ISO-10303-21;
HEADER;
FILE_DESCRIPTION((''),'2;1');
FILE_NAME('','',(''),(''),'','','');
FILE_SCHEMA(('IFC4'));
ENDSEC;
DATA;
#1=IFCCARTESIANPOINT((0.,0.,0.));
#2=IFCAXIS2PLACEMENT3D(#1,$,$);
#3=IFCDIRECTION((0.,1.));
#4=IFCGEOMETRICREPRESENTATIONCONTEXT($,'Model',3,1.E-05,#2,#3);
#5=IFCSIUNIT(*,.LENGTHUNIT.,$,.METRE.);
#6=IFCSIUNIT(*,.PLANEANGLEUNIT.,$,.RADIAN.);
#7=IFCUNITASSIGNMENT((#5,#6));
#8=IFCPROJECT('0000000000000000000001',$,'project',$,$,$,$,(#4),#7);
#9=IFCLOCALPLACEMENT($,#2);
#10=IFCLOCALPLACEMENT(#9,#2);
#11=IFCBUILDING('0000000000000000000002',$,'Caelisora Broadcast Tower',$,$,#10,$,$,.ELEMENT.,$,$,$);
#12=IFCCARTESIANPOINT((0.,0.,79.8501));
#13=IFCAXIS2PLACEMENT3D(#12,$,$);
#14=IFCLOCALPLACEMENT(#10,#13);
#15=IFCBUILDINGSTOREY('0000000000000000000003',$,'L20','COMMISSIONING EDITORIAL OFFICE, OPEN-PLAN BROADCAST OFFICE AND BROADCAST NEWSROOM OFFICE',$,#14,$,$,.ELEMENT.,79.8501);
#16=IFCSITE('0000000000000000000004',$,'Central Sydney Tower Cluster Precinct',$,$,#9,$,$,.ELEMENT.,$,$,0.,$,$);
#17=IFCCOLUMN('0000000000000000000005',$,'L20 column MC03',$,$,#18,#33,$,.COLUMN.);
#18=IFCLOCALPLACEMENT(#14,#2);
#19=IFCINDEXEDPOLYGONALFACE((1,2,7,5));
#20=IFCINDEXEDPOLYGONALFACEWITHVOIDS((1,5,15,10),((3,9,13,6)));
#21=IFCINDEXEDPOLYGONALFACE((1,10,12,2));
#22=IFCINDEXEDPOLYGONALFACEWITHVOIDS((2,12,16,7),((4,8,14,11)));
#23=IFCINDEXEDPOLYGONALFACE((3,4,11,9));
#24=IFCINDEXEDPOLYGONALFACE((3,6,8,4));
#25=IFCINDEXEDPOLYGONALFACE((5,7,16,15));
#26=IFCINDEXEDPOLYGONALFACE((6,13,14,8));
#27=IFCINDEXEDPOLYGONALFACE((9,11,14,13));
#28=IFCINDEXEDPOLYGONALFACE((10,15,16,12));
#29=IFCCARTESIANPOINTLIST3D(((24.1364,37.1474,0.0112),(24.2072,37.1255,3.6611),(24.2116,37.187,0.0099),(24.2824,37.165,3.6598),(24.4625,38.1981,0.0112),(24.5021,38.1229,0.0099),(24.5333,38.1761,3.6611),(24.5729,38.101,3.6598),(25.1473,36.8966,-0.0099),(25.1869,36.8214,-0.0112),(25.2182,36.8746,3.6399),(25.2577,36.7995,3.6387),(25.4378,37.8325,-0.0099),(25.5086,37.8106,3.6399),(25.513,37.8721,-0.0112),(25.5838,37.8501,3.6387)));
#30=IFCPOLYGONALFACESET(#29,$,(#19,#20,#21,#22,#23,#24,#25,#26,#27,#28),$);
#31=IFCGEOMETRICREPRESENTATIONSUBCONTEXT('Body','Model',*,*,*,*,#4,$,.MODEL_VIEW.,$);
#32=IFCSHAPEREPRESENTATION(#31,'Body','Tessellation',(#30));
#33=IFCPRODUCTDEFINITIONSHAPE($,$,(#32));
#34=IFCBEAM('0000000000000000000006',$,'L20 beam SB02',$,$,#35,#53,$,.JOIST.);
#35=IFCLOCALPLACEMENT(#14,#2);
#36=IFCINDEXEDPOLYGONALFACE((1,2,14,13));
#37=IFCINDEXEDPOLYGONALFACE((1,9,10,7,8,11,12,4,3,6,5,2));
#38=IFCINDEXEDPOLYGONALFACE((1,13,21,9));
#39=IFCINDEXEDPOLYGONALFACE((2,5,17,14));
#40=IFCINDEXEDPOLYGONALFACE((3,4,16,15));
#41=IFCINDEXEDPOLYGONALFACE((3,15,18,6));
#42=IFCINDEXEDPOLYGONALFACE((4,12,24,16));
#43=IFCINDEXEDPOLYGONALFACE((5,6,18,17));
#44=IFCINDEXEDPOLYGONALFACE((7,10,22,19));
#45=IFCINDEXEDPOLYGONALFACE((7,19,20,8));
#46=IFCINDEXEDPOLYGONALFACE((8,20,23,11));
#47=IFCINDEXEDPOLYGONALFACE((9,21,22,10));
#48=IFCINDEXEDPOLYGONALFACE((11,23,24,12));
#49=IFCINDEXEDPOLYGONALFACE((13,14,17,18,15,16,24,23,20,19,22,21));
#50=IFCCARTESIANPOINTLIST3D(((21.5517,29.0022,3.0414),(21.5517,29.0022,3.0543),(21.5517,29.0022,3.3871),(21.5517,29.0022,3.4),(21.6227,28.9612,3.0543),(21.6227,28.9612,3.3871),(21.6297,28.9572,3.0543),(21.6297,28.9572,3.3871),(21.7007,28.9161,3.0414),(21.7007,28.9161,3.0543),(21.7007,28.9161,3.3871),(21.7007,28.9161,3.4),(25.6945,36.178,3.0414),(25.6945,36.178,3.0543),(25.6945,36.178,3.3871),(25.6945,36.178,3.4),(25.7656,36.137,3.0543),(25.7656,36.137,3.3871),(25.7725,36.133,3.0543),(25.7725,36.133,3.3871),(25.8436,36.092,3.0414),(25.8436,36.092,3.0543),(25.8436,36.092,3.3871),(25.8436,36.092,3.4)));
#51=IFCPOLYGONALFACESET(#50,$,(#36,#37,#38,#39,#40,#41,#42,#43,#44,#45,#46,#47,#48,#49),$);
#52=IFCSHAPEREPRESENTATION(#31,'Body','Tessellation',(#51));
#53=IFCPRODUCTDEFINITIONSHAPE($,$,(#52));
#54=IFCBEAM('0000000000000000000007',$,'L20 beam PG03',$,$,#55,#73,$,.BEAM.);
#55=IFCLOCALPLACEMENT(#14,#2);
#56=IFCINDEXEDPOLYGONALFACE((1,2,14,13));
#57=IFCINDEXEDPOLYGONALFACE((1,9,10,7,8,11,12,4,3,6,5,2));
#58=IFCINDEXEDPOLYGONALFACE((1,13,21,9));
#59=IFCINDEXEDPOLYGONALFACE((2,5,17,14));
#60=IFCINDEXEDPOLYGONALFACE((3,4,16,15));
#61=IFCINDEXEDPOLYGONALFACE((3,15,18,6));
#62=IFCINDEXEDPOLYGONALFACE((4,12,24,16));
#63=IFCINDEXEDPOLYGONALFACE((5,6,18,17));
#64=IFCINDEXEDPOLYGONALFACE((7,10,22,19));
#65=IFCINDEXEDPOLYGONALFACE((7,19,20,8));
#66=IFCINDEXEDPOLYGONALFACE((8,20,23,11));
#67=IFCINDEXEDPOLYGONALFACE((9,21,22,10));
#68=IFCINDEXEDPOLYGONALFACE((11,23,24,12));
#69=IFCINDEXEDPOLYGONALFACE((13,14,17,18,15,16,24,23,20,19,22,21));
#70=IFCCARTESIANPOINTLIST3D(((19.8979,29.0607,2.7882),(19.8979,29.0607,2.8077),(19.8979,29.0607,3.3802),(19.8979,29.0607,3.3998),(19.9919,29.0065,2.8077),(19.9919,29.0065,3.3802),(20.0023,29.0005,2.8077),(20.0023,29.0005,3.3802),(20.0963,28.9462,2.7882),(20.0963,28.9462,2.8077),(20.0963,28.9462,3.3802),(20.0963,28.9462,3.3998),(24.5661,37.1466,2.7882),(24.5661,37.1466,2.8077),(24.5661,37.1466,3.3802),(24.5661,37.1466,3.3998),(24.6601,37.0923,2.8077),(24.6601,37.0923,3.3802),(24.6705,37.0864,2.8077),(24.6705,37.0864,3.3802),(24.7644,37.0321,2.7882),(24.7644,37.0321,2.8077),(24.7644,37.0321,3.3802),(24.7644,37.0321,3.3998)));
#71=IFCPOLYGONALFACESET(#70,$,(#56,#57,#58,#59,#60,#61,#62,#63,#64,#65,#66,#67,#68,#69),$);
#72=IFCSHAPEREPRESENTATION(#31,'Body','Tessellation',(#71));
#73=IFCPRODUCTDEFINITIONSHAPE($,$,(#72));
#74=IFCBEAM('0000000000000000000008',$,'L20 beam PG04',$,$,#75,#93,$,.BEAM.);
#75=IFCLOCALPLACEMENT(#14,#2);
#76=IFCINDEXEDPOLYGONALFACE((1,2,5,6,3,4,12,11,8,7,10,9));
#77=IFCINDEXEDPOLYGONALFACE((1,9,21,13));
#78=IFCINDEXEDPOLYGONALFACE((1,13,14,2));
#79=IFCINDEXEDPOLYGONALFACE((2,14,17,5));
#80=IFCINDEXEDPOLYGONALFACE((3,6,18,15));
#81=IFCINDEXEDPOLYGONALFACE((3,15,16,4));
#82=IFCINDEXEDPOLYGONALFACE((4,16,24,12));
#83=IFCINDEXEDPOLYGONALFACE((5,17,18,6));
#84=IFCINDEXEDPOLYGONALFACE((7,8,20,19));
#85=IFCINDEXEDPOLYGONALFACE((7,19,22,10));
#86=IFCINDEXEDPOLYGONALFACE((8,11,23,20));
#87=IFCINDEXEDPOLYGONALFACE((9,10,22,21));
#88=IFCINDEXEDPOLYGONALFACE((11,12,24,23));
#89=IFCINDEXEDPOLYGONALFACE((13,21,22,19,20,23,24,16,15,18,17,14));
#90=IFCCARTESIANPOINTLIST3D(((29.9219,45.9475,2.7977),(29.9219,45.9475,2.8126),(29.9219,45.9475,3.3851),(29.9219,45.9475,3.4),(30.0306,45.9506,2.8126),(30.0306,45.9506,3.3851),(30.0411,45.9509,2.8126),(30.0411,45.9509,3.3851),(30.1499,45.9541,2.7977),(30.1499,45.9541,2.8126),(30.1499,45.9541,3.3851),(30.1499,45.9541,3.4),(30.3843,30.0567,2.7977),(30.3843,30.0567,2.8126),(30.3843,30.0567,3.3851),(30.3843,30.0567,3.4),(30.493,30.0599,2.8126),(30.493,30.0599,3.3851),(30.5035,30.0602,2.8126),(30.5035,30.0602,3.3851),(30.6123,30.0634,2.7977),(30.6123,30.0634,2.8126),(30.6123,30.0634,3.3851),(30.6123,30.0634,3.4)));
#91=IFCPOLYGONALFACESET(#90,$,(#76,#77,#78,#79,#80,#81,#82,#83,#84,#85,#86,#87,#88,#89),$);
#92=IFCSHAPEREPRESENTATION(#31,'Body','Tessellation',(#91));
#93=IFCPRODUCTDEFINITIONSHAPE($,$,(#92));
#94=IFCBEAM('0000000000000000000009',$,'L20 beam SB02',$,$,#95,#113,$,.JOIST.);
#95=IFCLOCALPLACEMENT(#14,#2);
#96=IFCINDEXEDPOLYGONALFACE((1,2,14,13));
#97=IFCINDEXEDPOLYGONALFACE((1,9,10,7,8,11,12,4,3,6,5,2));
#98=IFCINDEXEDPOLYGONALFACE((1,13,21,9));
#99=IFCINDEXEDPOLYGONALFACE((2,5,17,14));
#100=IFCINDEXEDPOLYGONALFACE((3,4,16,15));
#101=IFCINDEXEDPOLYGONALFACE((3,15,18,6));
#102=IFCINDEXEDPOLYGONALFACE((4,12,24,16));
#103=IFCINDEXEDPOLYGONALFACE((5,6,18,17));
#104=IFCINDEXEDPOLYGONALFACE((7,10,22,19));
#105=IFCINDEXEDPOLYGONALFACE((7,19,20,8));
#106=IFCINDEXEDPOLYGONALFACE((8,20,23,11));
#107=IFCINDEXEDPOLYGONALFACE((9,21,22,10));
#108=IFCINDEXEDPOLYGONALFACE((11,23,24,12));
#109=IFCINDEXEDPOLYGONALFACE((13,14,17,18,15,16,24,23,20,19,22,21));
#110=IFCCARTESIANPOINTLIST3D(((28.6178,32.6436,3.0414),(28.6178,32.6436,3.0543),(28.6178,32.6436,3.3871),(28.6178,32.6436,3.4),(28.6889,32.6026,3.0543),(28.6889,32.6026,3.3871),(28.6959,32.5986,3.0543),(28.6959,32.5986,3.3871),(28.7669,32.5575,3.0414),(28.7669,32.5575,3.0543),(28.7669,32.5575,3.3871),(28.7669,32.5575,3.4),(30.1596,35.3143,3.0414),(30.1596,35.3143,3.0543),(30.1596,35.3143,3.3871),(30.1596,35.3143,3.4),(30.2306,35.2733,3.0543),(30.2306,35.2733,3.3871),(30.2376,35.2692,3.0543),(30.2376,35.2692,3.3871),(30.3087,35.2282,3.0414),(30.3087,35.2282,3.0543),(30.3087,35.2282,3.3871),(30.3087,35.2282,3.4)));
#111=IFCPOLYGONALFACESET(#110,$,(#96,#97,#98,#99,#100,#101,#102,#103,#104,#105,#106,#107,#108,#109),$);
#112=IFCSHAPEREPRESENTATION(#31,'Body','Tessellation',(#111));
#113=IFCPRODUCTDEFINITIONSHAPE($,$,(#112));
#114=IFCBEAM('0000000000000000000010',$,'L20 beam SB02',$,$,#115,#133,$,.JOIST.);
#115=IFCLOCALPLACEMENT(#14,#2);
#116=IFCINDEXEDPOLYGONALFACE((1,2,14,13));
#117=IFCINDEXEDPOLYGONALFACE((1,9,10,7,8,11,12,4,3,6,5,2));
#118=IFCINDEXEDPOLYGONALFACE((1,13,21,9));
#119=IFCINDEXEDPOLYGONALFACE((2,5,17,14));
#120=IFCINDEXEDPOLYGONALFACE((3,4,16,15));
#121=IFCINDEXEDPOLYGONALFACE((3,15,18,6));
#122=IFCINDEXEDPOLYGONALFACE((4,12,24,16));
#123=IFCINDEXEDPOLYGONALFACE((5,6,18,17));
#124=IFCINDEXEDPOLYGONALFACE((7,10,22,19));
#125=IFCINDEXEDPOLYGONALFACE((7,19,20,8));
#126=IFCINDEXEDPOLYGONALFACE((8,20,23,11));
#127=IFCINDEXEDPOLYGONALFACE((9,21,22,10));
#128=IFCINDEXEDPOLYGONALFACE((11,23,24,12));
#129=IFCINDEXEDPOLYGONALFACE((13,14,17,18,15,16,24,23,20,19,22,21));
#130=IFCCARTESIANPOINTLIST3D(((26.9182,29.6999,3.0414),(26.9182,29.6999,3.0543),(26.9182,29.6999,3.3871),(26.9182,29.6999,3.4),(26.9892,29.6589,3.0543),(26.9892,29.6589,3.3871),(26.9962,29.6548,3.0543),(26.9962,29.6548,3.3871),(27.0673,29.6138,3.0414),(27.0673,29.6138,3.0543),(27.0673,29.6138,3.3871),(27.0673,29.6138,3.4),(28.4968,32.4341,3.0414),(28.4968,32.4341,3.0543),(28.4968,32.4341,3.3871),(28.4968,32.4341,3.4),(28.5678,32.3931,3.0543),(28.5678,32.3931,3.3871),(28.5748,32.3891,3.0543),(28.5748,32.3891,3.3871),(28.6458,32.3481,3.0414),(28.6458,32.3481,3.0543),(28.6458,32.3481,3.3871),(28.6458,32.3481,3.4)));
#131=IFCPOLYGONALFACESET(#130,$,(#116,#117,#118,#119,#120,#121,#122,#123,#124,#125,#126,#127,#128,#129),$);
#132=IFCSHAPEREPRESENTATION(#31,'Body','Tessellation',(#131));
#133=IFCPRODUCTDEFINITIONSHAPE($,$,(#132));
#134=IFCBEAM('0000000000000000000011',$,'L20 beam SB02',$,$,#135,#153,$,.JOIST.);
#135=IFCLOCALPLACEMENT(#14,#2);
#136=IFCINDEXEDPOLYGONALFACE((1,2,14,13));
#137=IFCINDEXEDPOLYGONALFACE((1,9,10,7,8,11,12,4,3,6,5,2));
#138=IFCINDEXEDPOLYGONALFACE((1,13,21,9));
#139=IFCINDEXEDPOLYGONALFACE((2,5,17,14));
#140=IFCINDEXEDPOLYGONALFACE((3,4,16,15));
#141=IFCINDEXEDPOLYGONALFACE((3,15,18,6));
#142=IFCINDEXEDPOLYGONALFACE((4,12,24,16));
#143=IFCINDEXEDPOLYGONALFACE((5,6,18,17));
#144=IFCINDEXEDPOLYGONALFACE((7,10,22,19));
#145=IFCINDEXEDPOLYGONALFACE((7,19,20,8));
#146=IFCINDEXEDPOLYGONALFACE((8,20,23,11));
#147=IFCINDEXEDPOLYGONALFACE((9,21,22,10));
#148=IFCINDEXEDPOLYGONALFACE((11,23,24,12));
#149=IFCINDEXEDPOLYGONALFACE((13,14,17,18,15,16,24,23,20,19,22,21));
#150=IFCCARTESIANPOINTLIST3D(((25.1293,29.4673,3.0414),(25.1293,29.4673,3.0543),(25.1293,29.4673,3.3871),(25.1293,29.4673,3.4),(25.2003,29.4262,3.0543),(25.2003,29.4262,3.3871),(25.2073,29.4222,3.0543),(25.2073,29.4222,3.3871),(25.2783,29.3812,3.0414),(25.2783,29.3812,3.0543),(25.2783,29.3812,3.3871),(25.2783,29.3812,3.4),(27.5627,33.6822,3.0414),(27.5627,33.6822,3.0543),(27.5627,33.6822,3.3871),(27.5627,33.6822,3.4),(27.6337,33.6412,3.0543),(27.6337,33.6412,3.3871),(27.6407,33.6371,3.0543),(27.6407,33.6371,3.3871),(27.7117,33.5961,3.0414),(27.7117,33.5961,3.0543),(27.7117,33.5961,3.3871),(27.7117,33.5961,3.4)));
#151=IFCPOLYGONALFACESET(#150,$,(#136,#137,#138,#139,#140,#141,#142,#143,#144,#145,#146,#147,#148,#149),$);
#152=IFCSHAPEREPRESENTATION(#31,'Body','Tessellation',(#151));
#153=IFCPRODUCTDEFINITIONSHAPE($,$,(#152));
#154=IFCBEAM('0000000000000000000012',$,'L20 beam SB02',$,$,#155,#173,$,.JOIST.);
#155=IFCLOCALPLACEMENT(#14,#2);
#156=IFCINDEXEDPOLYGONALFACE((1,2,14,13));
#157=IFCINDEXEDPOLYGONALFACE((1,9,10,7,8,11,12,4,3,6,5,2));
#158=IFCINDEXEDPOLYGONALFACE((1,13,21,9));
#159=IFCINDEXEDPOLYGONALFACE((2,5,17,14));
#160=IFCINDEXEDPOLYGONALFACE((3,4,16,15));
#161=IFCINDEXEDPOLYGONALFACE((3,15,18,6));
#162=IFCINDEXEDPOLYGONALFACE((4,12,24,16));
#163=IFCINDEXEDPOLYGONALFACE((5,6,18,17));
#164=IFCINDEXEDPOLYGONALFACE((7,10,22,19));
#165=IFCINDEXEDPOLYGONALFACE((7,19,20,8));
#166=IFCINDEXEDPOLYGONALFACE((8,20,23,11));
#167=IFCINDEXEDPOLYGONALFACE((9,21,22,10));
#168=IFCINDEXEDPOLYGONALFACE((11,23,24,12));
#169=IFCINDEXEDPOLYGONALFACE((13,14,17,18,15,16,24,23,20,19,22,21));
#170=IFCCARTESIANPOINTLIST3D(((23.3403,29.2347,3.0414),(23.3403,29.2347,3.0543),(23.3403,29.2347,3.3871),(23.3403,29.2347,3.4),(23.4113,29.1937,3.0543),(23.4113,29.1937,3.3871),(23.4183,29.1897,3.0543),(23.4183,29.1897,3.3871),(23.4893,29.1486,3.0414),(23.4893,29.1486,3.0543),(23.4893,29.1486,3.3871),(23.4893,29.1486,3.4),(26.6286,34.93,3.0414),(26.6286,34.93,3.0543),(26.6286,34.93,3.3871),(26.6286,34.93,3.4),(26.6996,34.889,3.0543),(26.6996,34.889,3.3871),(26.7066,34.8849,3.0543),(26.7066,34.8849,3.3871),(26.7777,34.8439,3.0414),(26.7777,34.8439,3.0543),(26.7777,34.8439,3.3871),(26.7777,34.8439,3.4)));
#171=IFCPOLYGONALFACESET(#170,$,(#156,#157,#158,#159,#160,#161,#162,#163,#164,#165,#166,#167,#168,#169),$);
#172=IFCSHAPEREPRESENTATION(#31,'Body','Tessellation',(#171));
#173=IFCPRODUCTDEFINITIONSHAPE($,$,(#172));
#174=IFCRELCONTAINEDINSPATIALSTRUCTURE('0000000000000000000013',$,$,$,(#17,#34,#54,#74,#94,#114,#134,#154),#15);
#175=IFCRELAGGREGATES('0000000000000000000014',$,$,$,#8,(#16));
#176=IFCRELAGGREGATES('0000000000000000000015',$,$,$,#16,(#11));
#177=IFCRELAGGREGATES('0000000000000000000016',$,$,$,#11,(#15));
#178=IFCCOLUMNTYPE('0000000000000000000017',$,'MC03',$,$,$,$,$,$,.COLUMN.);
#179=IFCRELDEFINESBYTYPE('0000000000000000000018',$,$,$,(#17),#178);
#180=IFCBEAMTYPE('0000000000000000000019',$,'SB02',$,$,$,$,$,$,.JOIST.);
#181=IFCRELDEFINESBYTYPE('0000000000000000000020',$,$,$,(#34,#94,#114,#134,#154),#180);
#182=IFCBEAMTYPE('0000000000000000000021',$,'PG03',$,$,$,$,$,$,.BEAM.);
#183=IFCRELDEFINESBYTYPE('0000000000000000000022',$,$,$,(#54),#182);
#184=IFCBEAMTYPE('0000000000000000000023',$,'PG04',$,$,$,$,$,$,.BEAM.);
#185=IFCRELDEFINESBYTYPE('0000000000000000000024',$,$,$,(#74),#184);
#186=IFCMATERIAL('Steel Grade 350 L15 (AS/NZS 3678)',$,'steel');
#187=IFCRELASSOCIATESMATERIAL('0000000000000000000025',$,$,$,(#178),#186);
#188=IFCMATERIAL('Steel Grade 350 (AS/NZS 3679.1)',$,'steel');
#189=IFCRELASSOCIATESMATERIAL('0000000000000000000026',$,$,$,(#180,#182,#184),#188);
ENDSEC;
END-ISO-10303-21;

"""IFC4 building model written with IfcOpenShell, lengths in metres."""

from ifc_helpers import new_model, si_unit, direction, frame, origin, origin_2d, place, context, subcontext, project, spatial, hollow_rectangle, i_section, extrude, source, transform, mapped, material, material_profile, profile_set, type_object, type_shapes, element, save


model = new_model("IFC4")

# Units and contexts
model_context = context("Model", 3, precision=1e-05, world=origin(), true_north=direction((0.0, 1.0)))
body_context = subcontext(model_context, "Body", "Model", "MODEL_VIEW")
ifc_project = project(units=[si_unit("LENGTHUNIT", "METRE"), si_unit("PLANEANGLEUNIT", "RADIAN")], contexts=[model_context])

# Site, building, storey
site_placement = place(None, origin())
site = spatial("IfcSite", under=ifc_project, at=site_placement, Name="Central Sydney Tower Cluster Precinct", CompositionType="ELEMENT", RefElevation=0.0)
building_placement = place(site_placement, origin())
building = spatial("IfcBuilding", under=site, at=building_placement, Name="Caelisora Broadcast Tower", CompositionType="ELEMENT")
storey_placement = place(building_placement, frame((0.0, 0.0, 79.8501)))
storey = spatial("IfcBuildingStorey", under=building, at=storey_placement, Name="L20", Description="COMMISSIONING EDITORIAL OFFICE, OPEN-PLAN BROADCAST OFFICE AND BROADCAST NEWSROOM OFFICE", CompositionType="ELEMENT", Elevation=79.8501)

# Column
ifc_material_1 = material(Name="Steel Grade 350 L15 (AS/NZS 3678)", Category="steel")
ifc_material_profile_1 = material_profile(ifc_material_1, hollow_rectangle(XDim=1.1001, YDim=1.1001, WallThickness=0.0601, at=origin_2d()), Name="Steel Grade 350 L15 (AS/NZS 3678)")
ifc_profile_set_1 = profile_set([ifc_material_profile_1], Name="Steel Grade 350 L15 (AS/NZS 3678)")
column_type = type_object("IfcColumnType", Name="MC03", PredefinedType="COLUMN", material=ifc_profile_set_1)
shared_shape_1 = source(origin(), body_context, "Body", "SweptSolid", [
    extrude(hollow_rectangle(XDim=1.1001, YDim=1.1001, WallThickness=0.0601, at=origin_2d()), origin(), (0.0, 0.0, 1.0), 3.6506),
])
type_shapes(column_type, [shared_shape_1])
column_placement = place(storey_placement, frame((24.8247, 37.5098, 0.0), z_axis=(0.019394, -0.006019, 0.999794), x_axis=(0.296399, 0.955064, 0.0)))
element("IfcColumn", 1, at=column_placement, inside=storey, type_object=column_type, Name="L20 column MC03", PredefinedType="COLUMN", context=body_context, shape_type="MappedRepresentation", body=[
    mapped(shared_shape_1, transform((0.0, 0.0, 0.0), scale=1.0)),
])

# Beams
ifc_material_2 = material(Name="Steel Grade 350 (AS/NZS 3679.1)", Category="steel")
ifc_material_profile_2 = material_profile(ifc_material_2, i_section(OverallWidth=0.1721, OverallDepth=0.3586, WebThickness=0.0081, FlangeThickness=0.0129, at=origin_2d()), Name="Steel Grade 350 (AS/NZS 3679.1)")
ifc_profile_set_2 = profile_set([ifc_material_profile_2], Name="Steel Grade 350 (AS/NZS 3679.1)")
beam_type_1 = type_object("IfcBeamType", Name="SB02", PredefinedType="JOIST", material=ifc_profile_set_2)
shared_shape_2 = source(origin(), body_context, "Body", "SweptSolid", [
    extrude(i_section(OverallWidth=0.1721, OverallDepth=0.3586, WebThickness=0.0081, FlangeThickness=0.0129, at=origin_2d()), origin(), (0.0, 0.0, 1.0), 8.2859),
])
beam_1_placement = place(storey_placement, frame((25.769, 36.135, 3.2207), z_axis=(-0.499989, -0.866032, 0.0), x_axis=(0.866032, -0.499989, 0.0)))
element("IfcBeam", 2, at=beam_1_placement, inside=storey, type_object=beam_type_1, Name="L20 beam SB02", PredefinedType="JOIST", context=body_context, shape_type="MappedRepresentation", body=[
    mapped(shared_shape_2, transform((0.0, 0.0, 0.0), scale=1.0)),
])
ifc_material_profile_3 = material_profile(ifc_material_2, i_section(OverallWidth=0.229, OverallDepth=0.6116, WebThickness=0.012, FlangeThickness=0.0195, at=origin_2d()), Name="Steel Grade 350 (AS/NZS 3679.1)")
ifc_profile_set_3 = profile_set([ifc_material_profile_3], Name="Steel Grade 350 (AS/NZS 3679.1)")
beam_type_2 = type_object("IfcBeamType", Name="PG03", PredefinedType="BEAM", material=ifc_profile_set_3)
shared_shape_3 = source(origin(), body_context, "Body", "SweptSolid", [
    extrude(i_section(OverallWidth=0.229, OverallDepth=0.6116, WebThickness=0.012, FlangeThickness=0.0195, at=origin_2d()), origin(), (0.0, 0.0, 1.0), 9.3367),
])
type_shapes(beam_type_2, [shared_shape_3])
beam_2_placement = place(storey_placement, frame((24.6653, 37.0894, 3.094), z_axis=(-0.499984, -0.866035, 0.0), x_axis=(0.866035, -0.499984, 0.0)))
element("IfcBeam", 3, at=beam_2_placement, inside=storey, type_object=beam_type_2, Name="L20 beam PG03", PredefinedType="BEAM", context=body_context, shape_type="MappedRepresentation", body=[
    mapped(shared_shape_3, transform((0.0, 0.0, 0.0), scale=1.0)),
])
ifc_material_profile_4 = material_profile(ifc_material_2, i_section(OverallWidth=0.228, OverallDepth=0.6023, WebThickness=0.0105, FlangeThickness=0.0149, at=origin_2d()), Name="Steel Grade 350 (AS/NZS 3679.1)")
ifc_profile_set_4 = profile_set([ifc_material_profile_4], Name="Steel Grade 350 (AS/NZS 3679.1)")
beam_type_3 = type_object("IfcBeamType", Name="PG04", PredefinedType="BEAM", material=ifc_profile_set_4)
shared_shape_4 = source(origin(), body_context, "Body", "SweptSolid", [
    extrude(i_section(OverallWidth=0.228, OverallDepth=0.6023, WebThickness=0.0105, FlangeThickness=0.0149, at=origin_2d()), origin(), (0.0, 0.0, 1.0), 15.8975),
])
type_shapes(beam_type_3, [shared_shape_4])
beam_3_placement = place(storey_placement, frame((30.4983, 30.0601, 3.0989), z_axis=(-0.029087, 0.999577, 0.0), x_axis=(-0.999577, -0.029087, 0.0)))
element("IfcBeam", 4, at=beam_3_placement, inside=storey, type_object=beam_type_3, Name="L20 beam PG04", PredefinedType="BEAM", context=body_context, shape_type="MappedRepresentation", body=[
    mapped(shared_shape_4, transform((0.0, 0.0, 0.0), scale=1.0)),
])
shared_shape_5 = source(origin(), body_context, "Body", "SweptSolid", [
    extrude(i_section(OverallWidth=0.1721, OverallDepth=0.3586, WebThickness=0.0081, FlangeThickness=0.0129, at=origin_2d()), origin(), (0.0, 0.0, 1.0), 3.0837),
])
beam_4_placement = place(storey_placement, frame((30.2341, 35.2712, 3.2207), z_axis=(-0.499962, -0.866047, 0.0), x_axis=(0.866047, -0.499962, 0.0)))
element("IfcBeam", 5, at=beam_4_placement, inside=storey, type_object=beam_type_1, Name="L20 beam SB02", PredefinedType="JOIST", context=body_context, shape_type="MappedRepresentation", body=[
    mapped(shared_shape_5, transform((0.0, 0.0, 0.0), scale=1.0)),
])
shared_shape_6 = source(origin(), body_context, "Body", "SweptSolid", [
    extrude(i_section(OverallWidth=0.1721, OverallDepth=0.3586, WebThickness=0.0081, FlangeThickness=0.0129, at=origin_2d()), origin(), (0.0, 0.0, 1.0), 3.1572),
])
beam_5_placement = place(storey_placement, frame((28.5713, 32.3911, 3.2207), z_axis=(-0.499981, -0.866036, 0.0), x_axis=(0.866036, -0.499981, 0.0)))
element("IfcBeam", 6, at=beam_5_placement, inside=storey, type_object=beam_type_1, Name="L20 beam SB02", PredefinedType="JOIST", context=body_context, shape_type="MappedRepresentation", body=[
    mapped(shared_shape_6, transform((0.0, 0.0, 0.0), scale=1.0)),
])
shared_shape_7 = source(origin(), body_context, "Body", "SweptSolid", [
    extrude(i_section(OverallWidth=0.1721, OverallDepth=0.3586, WebThickness=0.0081, FlangeThickness=0.0129, at=origin_2d()), origin(), (0.0, 0.0, 1.0), 4.8669),
])
beam_6_placement = place(storey_placement, frame((27.6372, 33.6392, 3.2207), z_axis=(-0.499986, -0.866034, 0.0), x_axis=(0.866034, -0.499986, 0.0)))
element("IfcBeam", 7, at=beam_6_placement, inside=storey, type_object=beam_type_1, Name="L20 beam SB02", PredefinedType="JOIST", context=body_context, shape_type="MappedRepresentation", body=[
    mapped(shared_shape_7, transform((0.0, 0.0, 0.0), scale=1.0)),
])
shared_shape_8 = source(origin(), body_context, "Body", "SweptSolid", [
    extrude(i_section(OverallWidth=0.1721, OverallDepth=0.3586, WebThickness=0.0081, FlangeThickness=0.0129, at=origin_2d()), origin(), (0.0, 0.0, 1.0), 6.5764),
])
type_shapes(beam_type_1, [shared_shape_2, shared_shape_5, shared_shape_6, shared_shape_7, shared_shape_8])
beam_7_placement = place(storey_placement, frame((26.7031, 34.887, 3.2207), z_axis=(-0.500016, -0.866016, 0.0), x_axis=(0.866016, -0.500016, 0.0)))
element("IfcBeam", 8, at=beam_7_placement, inside=storey, type_object=beam_type_1, Name="L20 beam SB02", PredefinedType="JOIST", context=body_context, shape_type="MappedRepresentation", body=[
    mapped(shared_shape_8, transform((0.0, 0.0, 0.0), scale=1.0)),
])

save(model, "model.ifc")
